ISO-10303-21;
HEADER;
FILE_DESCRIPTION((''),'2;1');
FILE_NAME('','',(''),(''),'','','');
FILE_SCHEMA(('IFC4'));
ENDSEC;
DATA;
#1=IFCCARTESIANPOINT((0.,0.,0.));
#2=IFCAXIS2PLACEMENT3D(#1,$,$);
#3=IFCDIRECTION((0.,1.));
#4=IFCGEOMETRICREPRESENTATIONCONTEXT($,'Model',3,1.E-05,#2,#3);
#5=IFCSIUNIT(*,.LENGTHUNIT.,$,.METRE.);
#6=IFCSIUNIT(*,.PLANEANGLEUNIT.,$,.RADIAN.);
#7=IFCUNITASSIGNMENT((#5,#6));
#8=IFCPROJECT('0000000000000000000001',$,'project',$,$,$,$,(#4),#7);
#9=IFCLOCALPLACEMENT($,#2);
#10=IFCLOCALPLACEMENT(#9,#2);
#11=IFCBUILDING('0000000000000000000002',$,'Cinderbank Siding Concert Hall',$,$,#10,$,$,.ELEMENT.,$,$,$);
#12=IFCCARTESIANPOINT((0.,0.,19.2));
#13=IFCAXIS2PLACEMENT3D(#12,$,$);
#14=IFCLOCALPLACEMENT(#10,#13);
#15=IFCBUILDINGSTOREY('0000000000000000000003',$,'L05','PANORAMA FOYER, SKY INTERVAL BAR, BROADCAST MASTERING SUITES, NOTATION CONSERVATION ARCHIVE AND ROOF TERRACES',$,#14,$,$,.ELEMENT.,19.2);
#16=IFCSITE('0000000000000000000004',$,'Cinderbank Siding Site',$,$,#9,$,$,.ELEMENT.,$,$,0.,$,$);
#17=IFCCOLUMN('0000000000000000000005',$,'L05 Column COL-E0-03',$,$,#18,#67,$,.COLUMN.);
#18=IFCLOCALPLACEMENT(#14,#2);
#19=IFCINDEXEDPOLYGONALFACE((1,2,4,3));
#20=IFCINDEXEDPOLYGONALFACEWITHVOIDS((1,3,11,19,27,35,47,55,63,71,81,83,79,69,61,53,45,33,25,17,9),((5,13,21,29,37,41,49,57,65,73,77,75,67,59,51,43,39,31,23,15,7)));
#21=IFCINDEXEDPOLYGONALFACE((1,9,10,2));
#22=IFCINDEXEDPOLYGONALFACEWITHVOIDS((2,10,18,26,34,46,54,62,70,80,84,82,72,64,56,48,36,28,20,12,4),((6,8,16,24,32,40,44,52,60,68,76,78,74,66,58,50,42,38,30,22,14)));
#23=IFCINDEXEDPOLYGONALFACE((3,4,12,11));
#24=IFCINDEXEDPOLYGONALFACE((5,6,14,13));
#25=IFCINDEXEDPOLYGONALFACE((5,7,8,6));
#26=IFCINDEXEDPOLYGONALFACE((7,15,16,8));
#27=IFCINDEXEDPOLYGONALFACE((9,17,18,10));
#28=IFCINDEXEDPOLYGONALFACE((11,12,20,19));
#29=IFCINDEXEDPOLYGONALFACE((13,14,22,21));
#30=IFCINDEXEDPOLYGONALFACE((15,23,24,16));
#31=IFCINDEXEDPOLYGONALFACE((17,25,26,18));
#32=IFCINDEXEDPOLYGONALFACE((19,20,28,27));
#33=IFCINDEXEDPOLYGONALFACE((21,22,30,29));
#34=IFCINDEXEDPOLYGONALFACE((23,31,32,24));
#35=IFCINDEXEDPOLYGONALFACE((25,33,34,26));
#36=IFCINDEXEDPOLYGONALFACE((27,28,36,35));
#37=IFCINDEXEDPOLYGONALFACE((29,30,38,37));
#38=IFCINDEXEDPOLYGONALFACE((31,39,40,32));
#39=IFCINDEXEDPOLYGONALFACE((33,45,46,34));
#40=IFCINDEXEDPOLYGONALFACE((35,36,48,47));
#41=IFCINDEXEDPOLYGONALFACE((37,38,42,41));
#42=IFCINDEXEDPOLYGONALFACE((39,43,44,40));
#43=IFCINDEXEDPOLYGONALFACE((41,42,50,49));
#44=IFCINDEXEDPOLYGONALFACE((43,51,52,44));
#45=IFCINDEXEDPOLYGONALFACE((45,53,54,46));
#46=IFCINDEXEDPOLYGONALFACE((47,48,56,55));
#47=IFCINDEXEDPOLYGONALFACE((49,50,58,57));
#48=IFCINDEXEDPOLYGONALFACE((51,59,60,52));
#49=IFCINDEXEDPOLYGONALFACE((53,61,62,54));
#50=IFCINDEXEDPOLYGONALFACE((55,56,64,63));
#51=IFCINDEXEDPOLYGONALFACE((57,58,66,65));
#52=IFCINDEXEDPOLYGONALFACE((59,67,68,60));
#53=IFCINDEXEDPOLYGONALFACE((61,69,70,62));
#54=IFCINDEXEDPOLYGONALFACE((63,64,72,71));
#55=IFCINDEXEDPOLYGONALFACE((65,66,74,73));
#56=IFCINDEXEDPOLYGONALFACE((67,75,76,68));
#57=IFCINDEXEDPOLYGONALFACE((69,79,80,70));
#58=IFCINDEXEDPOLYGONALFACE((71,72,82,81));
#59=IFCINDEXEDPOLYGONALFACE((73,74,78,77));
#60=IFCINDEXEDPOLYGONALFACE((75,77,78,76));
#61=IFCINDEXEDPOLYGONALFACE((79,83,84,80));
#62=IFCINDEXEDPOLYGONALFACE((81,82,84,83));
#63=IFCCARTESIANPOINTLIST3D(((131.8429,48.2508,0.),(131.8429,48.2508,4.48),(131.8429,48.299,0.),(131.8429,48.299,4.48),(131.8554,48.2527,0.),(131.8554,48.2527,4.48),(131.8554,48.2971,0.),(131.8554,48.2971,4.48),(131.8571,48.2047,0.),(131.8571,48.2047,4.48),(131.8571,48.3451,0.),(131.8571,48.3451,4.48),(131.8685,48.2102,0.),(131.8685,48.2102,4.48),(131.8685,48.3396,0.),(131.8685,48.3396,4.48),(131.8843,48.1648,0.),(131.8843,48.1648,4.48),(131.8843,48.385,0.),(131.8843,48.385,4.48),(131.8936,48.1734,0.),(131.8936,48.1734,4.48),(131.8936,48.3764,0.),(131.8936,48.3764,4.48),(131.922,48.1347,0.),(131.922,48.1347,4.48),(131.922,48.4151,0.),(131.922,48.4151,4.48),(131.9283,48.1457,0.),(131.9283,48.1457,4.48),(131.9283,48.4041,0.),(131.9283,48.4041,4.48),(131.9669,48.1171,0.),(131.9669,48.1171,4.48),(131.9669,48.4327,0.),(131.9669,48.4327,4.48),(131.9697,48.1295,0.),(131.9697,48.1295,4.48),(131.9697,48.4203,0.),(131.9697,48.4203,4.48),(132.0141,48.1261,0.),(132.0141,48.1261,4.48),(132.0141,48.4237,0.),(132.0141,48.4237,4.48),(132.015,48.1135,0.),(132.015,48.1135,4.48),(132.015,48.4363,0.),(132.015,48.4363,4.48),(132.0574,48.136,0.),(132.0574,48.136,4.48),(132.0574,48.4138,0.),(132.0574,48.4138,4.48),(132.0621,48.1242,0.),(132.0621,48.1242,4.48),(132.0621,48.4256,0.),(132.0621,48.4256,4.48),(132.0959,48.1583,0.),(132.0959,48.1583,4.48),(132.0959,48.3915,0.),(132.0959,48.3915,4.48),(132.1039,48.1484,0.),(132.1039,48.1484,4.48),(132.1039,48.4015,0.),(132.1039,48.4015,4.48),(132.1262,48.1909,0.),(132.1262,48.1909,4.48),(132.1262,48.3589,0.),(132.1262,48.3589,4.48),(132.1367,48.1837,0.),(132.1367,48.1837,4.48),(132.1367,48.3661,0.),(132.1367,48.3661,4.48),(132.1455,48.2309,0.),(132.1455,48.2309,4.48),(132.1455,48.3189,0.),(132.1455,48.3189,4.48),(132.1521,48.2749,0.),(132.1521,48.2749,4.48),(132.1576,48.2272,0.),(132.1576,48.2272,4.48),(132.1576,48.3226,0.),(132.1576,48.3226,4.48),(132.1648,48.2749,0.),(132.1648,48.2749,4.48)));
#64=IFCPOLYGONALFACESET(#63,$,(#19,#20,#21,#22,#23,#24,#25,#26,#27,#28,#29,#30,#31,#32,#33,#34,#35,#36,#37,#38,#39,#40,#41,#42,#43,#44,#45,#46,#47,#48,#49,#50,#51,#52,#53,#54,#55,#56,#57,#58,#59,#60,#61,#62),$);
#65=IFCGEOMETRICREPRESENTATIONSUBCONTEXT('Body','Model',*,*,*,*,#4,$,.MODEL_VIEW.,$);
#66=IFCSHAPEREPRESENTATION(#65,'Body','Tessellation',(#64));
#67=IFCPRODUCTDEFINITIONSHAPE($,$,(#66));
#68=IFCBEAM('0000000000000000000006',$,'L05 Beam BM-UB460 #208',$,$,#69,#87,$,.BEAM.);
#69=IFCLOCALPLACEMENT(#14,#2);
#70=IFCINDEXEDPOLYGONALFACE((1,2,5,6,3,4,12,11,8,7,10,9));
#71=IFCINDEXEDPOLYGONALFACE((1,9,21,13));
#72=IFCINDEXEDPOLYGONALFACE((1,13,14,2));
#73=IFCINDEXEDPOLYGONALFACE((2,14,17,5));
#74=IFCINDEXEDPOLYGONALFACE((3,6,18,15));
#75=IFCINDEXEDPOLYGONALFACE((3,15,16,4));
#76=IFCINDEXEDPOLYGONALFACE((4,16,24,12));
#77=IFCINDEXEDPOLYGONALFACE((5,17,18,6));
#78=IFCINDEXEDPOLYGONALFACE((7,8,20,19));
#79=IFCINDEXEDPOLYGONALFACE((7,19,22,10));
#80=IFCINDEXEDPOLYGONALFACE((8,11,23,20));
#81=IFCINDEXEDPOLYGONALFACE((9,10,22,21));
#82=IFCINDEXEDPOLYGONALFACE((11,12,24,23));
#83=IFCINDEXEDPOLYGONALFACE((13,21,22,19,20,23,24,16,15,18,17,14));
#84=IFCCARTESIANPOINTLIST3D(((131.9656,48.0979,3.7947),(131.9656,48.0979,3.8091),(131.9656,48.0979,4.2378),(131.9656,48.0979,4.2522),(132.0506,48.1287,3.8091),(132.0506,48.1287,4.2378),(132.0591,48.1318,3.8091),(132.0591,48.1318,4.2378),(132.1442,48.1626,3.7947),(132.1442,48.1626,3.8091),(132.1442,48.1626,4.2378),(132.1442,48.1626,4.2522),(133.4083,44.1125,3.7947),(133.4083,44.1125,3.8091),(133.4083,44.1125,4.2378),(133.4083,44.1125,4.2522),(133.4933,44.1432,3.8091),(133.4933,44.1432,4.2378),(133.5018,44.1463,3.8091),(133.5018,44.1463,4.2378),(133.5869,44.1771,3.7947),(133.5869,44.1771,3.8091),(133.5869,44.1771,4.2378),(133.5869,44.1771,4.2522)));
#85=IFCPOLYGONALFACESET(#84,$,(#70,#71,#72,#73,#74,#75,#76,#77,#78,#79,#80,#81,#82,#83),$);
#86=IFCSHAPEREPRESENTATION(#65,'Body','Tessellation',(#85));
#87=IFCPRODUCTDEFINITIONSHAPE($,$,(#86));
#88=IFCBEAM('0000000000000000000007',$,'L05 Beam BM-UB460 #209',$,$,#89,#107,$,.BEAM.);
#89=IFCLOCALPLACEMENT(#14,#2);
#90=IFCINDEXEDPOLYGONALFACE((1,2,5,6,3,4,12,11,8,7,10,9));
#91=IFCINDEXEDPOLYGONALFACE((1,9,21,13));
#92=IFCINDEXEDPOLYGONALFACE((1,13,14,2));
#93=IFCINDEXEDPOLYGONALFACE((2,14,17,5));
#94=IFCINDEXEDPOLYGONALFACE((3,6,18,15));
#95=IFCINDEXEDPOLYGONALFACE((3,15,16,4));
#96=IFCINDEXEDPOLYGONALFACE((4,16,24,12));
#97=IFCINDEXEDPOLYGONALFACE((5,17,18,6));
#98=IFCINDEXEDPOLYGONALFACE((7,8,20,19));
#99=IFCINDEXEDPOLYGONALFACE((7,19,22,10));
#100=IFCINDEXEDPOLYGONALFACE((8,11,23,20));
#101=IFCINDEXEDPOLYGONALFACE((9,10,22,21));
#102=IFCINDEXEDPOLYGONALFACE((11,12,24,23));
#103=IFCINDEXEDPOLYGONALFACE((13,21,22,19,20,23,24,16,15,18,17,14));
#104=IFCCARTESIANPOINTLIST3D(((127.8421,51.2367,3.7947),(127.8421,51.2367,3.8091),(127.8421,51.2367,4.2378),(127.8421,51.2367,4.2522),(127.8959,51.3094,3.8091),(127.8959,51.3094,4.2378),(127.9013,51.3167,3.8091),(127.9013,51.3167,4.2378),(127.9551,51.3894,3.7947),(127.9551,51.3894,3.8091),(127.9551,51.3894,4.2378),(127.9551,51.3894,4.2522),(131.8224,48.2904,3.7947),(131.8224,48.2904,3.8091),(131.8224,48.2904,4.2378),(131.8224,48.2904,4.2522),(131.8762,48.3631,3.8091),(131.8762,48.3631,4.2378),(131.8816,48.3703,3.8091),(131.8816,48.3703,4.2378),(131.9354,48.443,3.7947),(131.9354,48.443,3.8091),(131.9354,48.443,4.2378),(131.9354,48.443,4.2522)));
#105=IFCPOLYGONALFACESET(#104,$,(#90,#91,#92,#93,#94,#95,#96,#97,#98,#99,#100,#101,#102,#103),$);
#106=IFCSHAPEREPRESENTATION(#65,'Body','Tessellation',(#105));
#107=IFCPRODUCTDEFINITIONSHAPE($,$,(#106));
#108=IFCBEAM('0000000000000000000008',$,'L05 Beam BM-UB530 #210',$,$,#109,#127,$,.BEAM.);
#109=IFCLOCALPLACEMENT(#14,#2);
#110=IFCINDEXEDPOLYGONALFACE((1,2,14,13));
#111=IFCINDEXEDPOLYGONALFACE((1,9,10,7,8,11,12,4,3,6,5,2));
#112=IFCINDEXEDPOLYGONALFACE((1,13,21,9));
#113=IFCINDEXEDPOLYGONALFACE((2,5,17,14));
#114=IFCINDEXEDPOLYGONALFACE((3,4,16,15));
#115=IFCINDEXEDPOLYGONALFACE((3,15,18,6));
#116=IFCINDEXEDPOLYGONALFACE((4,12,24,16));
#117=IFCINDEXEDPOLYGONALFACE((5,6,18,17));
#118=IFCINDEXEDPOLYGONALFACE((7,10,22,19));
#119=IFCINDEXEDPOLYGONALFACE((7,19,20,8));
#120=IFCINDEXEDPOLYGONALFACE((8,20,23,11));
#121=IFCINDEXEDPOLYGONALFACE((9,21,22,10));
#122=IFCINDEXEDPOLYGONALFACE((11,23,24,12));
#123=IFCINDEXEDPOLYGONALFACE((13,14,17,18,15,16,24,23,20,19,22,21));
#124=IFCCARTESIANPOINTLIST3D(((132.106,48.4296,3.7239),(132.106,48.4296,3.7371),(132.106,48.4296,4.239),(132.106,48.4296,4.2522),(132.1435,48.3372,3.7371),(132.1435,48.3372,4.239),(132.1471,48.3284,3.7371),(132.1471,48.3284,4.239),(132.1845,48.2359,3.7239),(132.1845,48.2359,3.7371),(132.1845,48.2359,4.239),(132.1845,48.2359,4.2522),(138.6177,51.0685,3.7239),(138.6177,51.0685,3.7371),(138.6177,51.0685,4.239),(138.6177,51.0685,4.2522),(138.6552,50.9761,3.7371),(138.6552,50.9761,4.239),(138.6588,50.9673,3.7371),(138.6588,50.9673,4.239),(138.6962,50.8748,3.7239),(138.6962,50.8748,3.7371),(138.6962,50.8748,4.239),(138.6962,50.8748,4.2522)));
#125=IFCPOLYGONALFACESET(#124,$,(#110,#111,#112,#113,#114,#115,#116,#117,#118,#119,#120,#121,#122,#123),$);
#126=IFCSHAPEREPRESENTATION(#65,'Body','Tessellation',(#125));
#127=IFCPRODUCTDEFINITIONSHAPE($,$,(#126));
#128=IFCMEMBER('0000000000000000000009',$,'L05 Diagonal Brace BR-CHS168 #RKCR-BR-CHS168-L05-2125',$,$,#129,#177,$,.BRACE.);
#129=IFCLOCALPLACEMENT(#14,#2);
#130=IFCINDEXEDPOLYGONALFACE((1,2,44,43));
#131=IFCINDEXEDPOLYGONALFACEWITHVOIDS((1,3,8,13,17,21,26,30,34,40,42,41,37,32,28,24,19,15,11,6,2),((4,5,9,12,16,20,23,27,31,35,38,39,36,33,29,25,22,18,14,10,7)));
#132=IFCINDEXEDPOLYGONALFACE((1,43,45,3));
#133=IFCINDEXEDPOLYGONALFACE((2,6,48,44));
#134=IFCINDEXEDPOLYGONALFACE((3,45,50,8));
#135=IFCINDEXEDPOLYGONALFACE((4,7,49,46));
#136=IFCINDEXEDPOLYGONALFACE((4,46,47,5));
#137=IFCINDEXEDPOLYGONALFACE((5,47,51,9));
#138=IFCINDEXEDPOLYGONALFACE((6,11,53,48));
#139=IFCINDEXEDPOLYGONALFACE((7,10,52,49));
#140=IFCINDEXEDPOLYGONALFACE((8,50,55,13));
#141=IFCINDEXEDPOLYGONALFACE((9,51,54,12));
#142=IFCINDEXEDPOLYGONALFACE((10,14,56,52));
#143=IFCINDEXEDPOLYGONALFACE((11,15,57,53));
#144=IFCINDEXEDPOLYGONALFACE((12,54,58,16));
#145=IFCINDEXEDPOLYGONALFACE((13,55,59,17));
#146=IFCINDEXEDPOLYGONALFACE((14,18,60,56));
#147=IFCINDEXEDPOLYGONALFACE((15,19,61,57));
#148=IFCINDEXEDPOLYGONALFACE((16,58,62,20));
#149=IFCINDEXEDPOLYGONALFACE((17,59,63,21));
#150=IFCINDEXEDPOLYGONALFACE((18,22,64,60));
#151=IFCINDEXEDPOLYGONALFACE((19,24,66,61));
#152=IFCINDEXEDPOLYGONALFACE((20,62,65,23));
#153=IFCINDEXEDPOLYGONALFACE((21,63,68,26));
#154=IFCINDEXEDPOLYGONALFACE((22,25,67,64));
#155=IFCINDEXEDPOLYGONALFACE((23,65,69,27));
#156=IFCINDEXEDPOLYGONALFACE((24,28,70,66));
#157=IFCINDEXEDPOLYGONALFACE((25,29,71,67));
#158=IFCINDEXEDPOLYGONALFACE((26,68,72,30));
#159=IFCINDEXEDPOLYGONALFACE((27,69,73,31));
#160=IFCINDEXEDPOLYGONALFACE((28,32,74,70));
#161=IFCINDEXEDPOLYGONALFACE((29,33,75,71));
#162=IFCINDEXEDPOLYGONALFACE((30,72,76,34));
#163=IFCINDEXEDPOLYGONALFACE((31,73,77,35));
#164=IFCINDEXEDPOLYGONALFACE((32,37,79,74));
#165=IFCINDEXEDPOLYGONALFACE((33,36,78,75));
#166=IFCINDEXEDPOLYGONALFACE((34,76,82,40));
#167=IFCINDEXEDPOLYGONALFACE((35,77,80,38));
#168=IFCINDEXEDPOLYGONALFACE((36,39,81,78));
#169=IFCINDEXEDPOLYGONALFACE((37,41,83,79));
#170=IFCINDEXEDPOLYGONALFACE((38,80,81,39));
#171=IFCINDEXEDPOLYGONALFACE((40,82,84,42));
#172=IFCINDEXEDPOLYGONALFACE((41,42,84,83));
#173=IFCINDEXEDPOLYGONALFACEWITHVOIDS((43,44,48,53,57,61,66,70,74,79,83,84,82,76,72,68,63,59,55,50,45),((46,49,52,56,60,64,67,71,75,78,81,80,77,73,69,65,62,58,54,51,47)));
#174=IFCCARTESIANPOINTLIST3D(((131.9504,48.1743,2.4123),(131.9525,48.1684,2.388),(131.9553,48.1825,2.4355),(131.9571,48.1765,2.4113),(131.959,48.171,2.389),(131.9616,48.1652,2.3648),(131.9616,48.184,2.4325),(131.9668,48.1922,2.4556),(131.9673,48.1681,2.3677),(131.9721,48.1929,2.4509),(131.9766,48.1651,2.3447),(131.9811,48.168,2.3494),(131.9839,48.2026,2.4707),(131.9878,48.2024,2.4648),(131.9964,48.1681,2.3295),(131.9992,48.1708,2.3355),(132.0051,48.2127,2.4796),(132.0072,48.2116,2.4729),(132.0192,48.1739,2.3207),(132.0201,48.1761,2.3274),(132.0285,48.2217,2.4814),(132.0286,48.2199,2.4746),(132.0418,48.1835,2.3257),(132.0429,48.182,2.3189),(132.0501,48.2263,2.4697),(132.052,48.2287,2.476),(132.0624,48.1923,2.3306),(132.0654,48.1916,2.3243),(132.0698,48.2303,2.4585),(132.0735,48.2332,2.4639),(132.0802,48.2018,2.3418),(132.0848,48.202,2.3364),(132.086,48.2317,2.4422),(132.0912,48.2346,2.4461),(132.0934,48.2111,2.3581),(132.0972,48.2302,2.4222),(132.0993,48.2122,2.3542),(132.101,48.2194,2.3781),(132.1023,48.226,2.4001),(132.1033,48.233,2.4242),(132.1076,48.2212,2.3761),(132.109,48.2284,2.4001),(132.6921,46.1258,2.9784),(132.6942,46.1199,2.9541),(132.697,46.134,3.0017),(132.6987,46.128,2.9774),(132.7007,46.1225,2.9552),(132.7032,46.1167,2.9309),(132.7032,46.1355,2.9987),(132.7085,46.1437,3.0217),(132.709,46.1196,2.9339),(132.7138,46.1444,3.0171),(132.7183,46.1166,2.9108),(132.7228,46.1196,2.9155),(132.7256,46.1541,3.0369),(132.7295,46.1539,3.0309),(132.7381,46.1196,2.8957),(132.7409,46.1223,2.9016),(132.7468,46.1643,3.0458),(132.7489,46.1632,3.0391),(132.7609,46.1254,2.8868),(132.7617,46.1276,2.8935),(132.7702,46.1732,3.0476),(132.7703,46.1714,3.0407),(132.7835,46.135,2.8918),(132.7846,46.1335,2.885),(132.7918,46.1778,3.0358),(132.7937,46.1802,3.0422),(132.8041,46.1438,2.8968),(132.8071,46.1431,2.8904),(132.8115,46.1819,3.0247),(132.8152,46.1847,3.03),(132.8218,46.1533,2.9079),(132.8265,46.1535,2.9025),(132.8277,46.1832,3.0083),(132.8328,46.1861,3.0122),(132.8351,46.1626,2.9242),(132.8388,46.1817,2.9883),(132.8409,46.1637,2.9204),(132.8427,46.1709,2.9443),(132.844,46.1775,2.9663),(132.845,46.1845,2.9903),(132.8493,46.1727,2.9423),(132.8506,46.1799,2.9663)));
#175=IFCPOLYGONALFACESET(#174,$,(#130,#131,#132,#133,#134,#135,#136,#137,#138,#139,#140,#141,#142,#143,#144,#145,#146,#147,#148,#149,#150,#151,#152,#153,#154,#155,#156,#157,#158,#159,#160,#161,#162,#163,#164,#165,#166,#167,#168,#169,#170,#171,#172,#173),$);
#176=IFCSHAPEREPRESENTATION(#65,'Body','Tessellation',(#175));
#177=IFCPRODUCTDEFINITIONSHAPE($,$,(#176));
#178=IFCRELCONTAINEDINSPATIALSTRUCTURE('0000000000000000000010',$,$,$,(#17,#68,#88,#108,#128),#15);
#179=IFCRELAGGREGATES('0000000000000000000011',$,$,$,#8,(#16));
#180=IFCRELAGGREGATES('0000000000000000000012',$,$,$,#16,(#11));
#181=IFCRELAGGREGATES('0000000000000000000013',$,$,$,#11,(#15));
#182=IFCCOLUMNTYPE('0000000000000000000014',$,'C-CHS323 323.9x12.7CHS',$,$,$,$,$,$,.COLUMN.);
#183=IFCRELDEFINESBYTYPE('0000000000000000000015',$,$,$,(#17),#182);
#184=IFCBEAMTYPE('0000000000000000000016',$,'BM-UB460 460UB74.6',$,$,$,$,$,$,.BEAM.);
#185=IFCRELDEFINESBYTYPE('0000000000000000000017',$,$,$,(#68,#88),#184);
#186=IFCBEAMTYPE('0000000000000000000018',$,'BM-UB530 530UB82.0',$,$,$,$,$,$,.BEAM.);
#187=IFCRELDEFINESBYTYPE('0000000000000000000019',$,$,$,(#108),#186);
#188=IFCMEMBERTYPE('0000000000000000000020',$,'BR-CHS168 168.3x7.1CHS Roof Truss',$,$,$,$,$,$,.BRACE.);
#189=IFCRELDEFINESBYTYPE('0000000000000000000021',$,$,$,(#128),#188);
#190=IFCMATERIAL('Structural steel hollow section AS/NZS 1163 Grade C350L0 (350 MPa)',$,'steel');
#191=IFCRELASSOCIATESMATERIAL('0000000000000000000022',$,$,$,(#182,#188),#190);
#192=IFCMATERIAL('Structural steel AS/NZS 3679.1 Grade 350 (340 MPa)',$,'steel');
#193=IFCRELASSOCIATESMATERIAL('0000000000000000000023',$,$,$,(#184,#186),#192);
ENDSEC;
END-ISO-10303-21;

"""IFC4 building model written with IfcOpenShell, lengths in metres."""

from ifc_helpers import new_model, si_unit, direction, frame, origin, origin_2d, place, context, subcontext, project, spatial, hollow_circle, i_section, extrude, material, material_profile, profile_set, type_object, element, save


model = new_model("IFC4")

# Units and contexts
model_context = context("Model", 3, precision=1e-05, world=origin(), true_north=direction((0.0, 1.0)))
body_context = subcontext(model_context, "Body", "Model", "MODEL_VIEW")
ifc_project = project(units=[si_unit("LENGTHUNIT", "METRE"), si_unit("PLANEANGLEUNIT", "RADIAN")], contexts=[model_context])

# Site, building, storey
site_placement = place(None, origin())
site = spatial("IfcSite", under=ifc_project, at=site_placement, Name="Cinderbank Siding Site", CompositionType="ELEMENT", RefElevation=0.0)
building_placement = place(site_placement, origin())
building = spatial("IfcBuilding", under=site, at=building_placement, Name="Cinderbank Siding Concert Hall", CompositionType="ELEMENT")
storey_placement = place(building_placement, frame((0.0, 0.0, 19.2)))
storey = spatial("IfcBuildingStorey", under=building, at=storey_placement, Name="L05", Description="PANORAMA FOYER, SKY INTERVAL BAR, BROADCAST MASTERING SUITES, NOTATION CONSERVATION ARCHIVE AND ROOF TERRACES", CompositionType="ELEMENT", Elevation=19.2)

# Column
ifc_material_1 = material(Name="Structural steel hollow section AS/NZS 1163 Grade C350L0 (350 MPa)", Category="steel")
ifc_material_profile_1 = material_profile(ifc_material_1, hollow_circle(Radius=0.1619, WallThickness=0.0127, at=origin_2d()), Name="323.9x12.7CHS", Category="LoadBearing")
ifc_profile_set_1 = profile_set([ifc_material_profile_1], Name="Structural steel hollow section AS/NZS 1163 Grade C350L0 (350 MPa)")
column_type = type_object("IfcColumnType", Name="C-CHS323 323.9x12.7CHS", PredefinedType="COLUMN", material=ifc_profile_set_1)
column_placement = place(storey_placement, frame((132.0029, 48.2749, 0.0), z_axis=(0.0, 0.0, 1.0), x_axis=(1.0, 0.0, 0.0)))
element("IfcColumn", 1, at=column_placement, inside=storey, type_object=column_type, Name="L05 Column COL-E0-03", PredefinedType="COLUMN", context=body_context, shape_type="SweptSolid", body=[
    extrude(hollow_circle(Radius=0.1619, WallThickness=0.0127, at=origin_2d()), origin(), (0.0, 0.0, 1.0), 4.48),
])

# Beams
ifc_material_2 = material(Name="Structural steel AS/NZS 3679.1 Grade 350 (340 MPa)", Category="steel")
ifc_material_profile_2 = material_profile(ifc_material_2, i_section(OverallWidth=0.1899, OverallDepth=0.4575, WebThickness=0.009, FlangeThickness=0.0144, at=origin_2d()), Name="460UB74.6", Category="LoadBearing")
ifc_profile_set_2 = profile_set([ifc_material_profile_2], Name="Structural steel AS/NZS 3679.1 Grade 350 (340 MPa)")
beam_type_1 = type_object("IfcBeamType", Name="BM-UB460 460UB74.6", PredefinedType="BEAM", material=ifc_profile_set_2)
beam_1_placement = place(storey_placement, frame((133.4976, 44.1448, 4.0234), z_axis=(-0.340369, 0.940292, 0.0), x_axis=(-0.940292, -0.340369, 0.0)))
element("IfcBeam", 2, at=beam_1_placement, inside=storey, type_object=beam_type_1, Name="L05 Beam BM-UB460 #208", PredefinedType="BEAM", context=body_context, shape_type="SweptSolid", body=[
    extrude(i_section(OverallWidth=0.1899, OverallDepth=0.4575, WebThickness=0.009, FlangeThickness=0.0144, at=origin_2d()), origin(), (0.0, 0.0, 1.0), 4.2385),
])
beam_2_placement = place(storey_placement, frame((131.8789, 48.3667, 4.0234), z_axis=(-0.803753, 0.594963, 0.0), x_axis=(-0.594963, -0.803753, 0.0)))
element("IfcBeam", 3, at=beam_2_placement, inside=storey, type_object=beam_type_1, Name="L05 Beam BM-UB460 #209", PredefinedType="BEAM", context=body_context, shape_type="SweptSolid", body=[
    extrude(i_section(OverallWidth=0.1899, OverallDepth=0.4575, WebThickness=0.009, FlangeThickness=0.0144, at=origin_2d()), origin(), (0.0, 0.0, 1.0), 4.9521),
])
ifc_material_profile_3 = material_profile(ifc_material_2, i_section(OverallWidth=0.209, OverallDepth=0.5283, WebThickness=0.0095, FlangeThickness=0.0132, at=origin_2d()), Name="530UB82.0", Category="LoadBearing")
ifc_profile_set_3 = profile_set([ifc_material_profile_3], Name="Structural steel AS/NZS 3679.1 Grade 350 (340 MPa)")
beam_type_2 = type_object("IfcBeamType", Name="BM-UB530 530UB82.0", PredefinedType="BEAM", material=ifc_profile_set_3)
beam_3_placement = place(storey_placement, frame((132.1453, 48.3328, 3.988), z_axis=(0.926787, 0.375587, 0.0), x_axis=(-0.375587, 0.926787, 0.0)))
element("IfcBeam", 4, at=beam_3_placement, inside=storey, type_object=beam_type_2, Name="L05 Beam BM-UB530 #210", PredefinedType="BEAM", context=body_context, shape_type="SweptSolid", body=[
    extrude(i_section(OverallWidth=0.209, OverallDepth=0.5283, WebThickness=0.0095, FlangeThickness=0.0132, at=origin_2d()), origin(), (0.0, 0.0, 1.0), 7.0261),
])

# Member
ifc_material_profile_4 = material_profile(ifc_material_1, hollow_circle(Radius=0.0842, WallThickness=0.0071, at=origin_2d()), Name="168.3x7.1CHS", Category="LoadBearing")
ifc_profile_set_4 = profile_set([ifc_material_profile_4], Name="Structural steel hollow section AS/NZS 1163 Grade C350L0 (350 MPa)")
member_type = type_object("IfcMemberType", Name="BR-CHS168 168.3x7.1CHS Roof Truss", PredefinedType="BRACE", material=ifc_profile_set_4)
for number, where, z_axis, x_axis, name in (
    (5, (132.0298, 48.1997, 2.4001), (0.329486, -0.910046, 0.251507), (0.94027, 0.340429, 0.0), "L05 Diagonal Brace BR-CHS168 #RKCR-BR-CHS168-L05-2125"),
):
    element("IfcMember", number, at=place(storey_placement, frame(where, z_axis=z_axis, x_axis=x_axis)), inside=storey, type_object=member_type, Name=name, PredefinedType="BRACE", context=body_context, shape_type="SweptSolid", body=[
        extrude(hollow_circle(Radius=0.0842, WallThickness=0.0071, at=origin_2d()), origin(), (0.0, 0.0, 1.0), 2.251),
    ])

save(model, "model.ifc")
